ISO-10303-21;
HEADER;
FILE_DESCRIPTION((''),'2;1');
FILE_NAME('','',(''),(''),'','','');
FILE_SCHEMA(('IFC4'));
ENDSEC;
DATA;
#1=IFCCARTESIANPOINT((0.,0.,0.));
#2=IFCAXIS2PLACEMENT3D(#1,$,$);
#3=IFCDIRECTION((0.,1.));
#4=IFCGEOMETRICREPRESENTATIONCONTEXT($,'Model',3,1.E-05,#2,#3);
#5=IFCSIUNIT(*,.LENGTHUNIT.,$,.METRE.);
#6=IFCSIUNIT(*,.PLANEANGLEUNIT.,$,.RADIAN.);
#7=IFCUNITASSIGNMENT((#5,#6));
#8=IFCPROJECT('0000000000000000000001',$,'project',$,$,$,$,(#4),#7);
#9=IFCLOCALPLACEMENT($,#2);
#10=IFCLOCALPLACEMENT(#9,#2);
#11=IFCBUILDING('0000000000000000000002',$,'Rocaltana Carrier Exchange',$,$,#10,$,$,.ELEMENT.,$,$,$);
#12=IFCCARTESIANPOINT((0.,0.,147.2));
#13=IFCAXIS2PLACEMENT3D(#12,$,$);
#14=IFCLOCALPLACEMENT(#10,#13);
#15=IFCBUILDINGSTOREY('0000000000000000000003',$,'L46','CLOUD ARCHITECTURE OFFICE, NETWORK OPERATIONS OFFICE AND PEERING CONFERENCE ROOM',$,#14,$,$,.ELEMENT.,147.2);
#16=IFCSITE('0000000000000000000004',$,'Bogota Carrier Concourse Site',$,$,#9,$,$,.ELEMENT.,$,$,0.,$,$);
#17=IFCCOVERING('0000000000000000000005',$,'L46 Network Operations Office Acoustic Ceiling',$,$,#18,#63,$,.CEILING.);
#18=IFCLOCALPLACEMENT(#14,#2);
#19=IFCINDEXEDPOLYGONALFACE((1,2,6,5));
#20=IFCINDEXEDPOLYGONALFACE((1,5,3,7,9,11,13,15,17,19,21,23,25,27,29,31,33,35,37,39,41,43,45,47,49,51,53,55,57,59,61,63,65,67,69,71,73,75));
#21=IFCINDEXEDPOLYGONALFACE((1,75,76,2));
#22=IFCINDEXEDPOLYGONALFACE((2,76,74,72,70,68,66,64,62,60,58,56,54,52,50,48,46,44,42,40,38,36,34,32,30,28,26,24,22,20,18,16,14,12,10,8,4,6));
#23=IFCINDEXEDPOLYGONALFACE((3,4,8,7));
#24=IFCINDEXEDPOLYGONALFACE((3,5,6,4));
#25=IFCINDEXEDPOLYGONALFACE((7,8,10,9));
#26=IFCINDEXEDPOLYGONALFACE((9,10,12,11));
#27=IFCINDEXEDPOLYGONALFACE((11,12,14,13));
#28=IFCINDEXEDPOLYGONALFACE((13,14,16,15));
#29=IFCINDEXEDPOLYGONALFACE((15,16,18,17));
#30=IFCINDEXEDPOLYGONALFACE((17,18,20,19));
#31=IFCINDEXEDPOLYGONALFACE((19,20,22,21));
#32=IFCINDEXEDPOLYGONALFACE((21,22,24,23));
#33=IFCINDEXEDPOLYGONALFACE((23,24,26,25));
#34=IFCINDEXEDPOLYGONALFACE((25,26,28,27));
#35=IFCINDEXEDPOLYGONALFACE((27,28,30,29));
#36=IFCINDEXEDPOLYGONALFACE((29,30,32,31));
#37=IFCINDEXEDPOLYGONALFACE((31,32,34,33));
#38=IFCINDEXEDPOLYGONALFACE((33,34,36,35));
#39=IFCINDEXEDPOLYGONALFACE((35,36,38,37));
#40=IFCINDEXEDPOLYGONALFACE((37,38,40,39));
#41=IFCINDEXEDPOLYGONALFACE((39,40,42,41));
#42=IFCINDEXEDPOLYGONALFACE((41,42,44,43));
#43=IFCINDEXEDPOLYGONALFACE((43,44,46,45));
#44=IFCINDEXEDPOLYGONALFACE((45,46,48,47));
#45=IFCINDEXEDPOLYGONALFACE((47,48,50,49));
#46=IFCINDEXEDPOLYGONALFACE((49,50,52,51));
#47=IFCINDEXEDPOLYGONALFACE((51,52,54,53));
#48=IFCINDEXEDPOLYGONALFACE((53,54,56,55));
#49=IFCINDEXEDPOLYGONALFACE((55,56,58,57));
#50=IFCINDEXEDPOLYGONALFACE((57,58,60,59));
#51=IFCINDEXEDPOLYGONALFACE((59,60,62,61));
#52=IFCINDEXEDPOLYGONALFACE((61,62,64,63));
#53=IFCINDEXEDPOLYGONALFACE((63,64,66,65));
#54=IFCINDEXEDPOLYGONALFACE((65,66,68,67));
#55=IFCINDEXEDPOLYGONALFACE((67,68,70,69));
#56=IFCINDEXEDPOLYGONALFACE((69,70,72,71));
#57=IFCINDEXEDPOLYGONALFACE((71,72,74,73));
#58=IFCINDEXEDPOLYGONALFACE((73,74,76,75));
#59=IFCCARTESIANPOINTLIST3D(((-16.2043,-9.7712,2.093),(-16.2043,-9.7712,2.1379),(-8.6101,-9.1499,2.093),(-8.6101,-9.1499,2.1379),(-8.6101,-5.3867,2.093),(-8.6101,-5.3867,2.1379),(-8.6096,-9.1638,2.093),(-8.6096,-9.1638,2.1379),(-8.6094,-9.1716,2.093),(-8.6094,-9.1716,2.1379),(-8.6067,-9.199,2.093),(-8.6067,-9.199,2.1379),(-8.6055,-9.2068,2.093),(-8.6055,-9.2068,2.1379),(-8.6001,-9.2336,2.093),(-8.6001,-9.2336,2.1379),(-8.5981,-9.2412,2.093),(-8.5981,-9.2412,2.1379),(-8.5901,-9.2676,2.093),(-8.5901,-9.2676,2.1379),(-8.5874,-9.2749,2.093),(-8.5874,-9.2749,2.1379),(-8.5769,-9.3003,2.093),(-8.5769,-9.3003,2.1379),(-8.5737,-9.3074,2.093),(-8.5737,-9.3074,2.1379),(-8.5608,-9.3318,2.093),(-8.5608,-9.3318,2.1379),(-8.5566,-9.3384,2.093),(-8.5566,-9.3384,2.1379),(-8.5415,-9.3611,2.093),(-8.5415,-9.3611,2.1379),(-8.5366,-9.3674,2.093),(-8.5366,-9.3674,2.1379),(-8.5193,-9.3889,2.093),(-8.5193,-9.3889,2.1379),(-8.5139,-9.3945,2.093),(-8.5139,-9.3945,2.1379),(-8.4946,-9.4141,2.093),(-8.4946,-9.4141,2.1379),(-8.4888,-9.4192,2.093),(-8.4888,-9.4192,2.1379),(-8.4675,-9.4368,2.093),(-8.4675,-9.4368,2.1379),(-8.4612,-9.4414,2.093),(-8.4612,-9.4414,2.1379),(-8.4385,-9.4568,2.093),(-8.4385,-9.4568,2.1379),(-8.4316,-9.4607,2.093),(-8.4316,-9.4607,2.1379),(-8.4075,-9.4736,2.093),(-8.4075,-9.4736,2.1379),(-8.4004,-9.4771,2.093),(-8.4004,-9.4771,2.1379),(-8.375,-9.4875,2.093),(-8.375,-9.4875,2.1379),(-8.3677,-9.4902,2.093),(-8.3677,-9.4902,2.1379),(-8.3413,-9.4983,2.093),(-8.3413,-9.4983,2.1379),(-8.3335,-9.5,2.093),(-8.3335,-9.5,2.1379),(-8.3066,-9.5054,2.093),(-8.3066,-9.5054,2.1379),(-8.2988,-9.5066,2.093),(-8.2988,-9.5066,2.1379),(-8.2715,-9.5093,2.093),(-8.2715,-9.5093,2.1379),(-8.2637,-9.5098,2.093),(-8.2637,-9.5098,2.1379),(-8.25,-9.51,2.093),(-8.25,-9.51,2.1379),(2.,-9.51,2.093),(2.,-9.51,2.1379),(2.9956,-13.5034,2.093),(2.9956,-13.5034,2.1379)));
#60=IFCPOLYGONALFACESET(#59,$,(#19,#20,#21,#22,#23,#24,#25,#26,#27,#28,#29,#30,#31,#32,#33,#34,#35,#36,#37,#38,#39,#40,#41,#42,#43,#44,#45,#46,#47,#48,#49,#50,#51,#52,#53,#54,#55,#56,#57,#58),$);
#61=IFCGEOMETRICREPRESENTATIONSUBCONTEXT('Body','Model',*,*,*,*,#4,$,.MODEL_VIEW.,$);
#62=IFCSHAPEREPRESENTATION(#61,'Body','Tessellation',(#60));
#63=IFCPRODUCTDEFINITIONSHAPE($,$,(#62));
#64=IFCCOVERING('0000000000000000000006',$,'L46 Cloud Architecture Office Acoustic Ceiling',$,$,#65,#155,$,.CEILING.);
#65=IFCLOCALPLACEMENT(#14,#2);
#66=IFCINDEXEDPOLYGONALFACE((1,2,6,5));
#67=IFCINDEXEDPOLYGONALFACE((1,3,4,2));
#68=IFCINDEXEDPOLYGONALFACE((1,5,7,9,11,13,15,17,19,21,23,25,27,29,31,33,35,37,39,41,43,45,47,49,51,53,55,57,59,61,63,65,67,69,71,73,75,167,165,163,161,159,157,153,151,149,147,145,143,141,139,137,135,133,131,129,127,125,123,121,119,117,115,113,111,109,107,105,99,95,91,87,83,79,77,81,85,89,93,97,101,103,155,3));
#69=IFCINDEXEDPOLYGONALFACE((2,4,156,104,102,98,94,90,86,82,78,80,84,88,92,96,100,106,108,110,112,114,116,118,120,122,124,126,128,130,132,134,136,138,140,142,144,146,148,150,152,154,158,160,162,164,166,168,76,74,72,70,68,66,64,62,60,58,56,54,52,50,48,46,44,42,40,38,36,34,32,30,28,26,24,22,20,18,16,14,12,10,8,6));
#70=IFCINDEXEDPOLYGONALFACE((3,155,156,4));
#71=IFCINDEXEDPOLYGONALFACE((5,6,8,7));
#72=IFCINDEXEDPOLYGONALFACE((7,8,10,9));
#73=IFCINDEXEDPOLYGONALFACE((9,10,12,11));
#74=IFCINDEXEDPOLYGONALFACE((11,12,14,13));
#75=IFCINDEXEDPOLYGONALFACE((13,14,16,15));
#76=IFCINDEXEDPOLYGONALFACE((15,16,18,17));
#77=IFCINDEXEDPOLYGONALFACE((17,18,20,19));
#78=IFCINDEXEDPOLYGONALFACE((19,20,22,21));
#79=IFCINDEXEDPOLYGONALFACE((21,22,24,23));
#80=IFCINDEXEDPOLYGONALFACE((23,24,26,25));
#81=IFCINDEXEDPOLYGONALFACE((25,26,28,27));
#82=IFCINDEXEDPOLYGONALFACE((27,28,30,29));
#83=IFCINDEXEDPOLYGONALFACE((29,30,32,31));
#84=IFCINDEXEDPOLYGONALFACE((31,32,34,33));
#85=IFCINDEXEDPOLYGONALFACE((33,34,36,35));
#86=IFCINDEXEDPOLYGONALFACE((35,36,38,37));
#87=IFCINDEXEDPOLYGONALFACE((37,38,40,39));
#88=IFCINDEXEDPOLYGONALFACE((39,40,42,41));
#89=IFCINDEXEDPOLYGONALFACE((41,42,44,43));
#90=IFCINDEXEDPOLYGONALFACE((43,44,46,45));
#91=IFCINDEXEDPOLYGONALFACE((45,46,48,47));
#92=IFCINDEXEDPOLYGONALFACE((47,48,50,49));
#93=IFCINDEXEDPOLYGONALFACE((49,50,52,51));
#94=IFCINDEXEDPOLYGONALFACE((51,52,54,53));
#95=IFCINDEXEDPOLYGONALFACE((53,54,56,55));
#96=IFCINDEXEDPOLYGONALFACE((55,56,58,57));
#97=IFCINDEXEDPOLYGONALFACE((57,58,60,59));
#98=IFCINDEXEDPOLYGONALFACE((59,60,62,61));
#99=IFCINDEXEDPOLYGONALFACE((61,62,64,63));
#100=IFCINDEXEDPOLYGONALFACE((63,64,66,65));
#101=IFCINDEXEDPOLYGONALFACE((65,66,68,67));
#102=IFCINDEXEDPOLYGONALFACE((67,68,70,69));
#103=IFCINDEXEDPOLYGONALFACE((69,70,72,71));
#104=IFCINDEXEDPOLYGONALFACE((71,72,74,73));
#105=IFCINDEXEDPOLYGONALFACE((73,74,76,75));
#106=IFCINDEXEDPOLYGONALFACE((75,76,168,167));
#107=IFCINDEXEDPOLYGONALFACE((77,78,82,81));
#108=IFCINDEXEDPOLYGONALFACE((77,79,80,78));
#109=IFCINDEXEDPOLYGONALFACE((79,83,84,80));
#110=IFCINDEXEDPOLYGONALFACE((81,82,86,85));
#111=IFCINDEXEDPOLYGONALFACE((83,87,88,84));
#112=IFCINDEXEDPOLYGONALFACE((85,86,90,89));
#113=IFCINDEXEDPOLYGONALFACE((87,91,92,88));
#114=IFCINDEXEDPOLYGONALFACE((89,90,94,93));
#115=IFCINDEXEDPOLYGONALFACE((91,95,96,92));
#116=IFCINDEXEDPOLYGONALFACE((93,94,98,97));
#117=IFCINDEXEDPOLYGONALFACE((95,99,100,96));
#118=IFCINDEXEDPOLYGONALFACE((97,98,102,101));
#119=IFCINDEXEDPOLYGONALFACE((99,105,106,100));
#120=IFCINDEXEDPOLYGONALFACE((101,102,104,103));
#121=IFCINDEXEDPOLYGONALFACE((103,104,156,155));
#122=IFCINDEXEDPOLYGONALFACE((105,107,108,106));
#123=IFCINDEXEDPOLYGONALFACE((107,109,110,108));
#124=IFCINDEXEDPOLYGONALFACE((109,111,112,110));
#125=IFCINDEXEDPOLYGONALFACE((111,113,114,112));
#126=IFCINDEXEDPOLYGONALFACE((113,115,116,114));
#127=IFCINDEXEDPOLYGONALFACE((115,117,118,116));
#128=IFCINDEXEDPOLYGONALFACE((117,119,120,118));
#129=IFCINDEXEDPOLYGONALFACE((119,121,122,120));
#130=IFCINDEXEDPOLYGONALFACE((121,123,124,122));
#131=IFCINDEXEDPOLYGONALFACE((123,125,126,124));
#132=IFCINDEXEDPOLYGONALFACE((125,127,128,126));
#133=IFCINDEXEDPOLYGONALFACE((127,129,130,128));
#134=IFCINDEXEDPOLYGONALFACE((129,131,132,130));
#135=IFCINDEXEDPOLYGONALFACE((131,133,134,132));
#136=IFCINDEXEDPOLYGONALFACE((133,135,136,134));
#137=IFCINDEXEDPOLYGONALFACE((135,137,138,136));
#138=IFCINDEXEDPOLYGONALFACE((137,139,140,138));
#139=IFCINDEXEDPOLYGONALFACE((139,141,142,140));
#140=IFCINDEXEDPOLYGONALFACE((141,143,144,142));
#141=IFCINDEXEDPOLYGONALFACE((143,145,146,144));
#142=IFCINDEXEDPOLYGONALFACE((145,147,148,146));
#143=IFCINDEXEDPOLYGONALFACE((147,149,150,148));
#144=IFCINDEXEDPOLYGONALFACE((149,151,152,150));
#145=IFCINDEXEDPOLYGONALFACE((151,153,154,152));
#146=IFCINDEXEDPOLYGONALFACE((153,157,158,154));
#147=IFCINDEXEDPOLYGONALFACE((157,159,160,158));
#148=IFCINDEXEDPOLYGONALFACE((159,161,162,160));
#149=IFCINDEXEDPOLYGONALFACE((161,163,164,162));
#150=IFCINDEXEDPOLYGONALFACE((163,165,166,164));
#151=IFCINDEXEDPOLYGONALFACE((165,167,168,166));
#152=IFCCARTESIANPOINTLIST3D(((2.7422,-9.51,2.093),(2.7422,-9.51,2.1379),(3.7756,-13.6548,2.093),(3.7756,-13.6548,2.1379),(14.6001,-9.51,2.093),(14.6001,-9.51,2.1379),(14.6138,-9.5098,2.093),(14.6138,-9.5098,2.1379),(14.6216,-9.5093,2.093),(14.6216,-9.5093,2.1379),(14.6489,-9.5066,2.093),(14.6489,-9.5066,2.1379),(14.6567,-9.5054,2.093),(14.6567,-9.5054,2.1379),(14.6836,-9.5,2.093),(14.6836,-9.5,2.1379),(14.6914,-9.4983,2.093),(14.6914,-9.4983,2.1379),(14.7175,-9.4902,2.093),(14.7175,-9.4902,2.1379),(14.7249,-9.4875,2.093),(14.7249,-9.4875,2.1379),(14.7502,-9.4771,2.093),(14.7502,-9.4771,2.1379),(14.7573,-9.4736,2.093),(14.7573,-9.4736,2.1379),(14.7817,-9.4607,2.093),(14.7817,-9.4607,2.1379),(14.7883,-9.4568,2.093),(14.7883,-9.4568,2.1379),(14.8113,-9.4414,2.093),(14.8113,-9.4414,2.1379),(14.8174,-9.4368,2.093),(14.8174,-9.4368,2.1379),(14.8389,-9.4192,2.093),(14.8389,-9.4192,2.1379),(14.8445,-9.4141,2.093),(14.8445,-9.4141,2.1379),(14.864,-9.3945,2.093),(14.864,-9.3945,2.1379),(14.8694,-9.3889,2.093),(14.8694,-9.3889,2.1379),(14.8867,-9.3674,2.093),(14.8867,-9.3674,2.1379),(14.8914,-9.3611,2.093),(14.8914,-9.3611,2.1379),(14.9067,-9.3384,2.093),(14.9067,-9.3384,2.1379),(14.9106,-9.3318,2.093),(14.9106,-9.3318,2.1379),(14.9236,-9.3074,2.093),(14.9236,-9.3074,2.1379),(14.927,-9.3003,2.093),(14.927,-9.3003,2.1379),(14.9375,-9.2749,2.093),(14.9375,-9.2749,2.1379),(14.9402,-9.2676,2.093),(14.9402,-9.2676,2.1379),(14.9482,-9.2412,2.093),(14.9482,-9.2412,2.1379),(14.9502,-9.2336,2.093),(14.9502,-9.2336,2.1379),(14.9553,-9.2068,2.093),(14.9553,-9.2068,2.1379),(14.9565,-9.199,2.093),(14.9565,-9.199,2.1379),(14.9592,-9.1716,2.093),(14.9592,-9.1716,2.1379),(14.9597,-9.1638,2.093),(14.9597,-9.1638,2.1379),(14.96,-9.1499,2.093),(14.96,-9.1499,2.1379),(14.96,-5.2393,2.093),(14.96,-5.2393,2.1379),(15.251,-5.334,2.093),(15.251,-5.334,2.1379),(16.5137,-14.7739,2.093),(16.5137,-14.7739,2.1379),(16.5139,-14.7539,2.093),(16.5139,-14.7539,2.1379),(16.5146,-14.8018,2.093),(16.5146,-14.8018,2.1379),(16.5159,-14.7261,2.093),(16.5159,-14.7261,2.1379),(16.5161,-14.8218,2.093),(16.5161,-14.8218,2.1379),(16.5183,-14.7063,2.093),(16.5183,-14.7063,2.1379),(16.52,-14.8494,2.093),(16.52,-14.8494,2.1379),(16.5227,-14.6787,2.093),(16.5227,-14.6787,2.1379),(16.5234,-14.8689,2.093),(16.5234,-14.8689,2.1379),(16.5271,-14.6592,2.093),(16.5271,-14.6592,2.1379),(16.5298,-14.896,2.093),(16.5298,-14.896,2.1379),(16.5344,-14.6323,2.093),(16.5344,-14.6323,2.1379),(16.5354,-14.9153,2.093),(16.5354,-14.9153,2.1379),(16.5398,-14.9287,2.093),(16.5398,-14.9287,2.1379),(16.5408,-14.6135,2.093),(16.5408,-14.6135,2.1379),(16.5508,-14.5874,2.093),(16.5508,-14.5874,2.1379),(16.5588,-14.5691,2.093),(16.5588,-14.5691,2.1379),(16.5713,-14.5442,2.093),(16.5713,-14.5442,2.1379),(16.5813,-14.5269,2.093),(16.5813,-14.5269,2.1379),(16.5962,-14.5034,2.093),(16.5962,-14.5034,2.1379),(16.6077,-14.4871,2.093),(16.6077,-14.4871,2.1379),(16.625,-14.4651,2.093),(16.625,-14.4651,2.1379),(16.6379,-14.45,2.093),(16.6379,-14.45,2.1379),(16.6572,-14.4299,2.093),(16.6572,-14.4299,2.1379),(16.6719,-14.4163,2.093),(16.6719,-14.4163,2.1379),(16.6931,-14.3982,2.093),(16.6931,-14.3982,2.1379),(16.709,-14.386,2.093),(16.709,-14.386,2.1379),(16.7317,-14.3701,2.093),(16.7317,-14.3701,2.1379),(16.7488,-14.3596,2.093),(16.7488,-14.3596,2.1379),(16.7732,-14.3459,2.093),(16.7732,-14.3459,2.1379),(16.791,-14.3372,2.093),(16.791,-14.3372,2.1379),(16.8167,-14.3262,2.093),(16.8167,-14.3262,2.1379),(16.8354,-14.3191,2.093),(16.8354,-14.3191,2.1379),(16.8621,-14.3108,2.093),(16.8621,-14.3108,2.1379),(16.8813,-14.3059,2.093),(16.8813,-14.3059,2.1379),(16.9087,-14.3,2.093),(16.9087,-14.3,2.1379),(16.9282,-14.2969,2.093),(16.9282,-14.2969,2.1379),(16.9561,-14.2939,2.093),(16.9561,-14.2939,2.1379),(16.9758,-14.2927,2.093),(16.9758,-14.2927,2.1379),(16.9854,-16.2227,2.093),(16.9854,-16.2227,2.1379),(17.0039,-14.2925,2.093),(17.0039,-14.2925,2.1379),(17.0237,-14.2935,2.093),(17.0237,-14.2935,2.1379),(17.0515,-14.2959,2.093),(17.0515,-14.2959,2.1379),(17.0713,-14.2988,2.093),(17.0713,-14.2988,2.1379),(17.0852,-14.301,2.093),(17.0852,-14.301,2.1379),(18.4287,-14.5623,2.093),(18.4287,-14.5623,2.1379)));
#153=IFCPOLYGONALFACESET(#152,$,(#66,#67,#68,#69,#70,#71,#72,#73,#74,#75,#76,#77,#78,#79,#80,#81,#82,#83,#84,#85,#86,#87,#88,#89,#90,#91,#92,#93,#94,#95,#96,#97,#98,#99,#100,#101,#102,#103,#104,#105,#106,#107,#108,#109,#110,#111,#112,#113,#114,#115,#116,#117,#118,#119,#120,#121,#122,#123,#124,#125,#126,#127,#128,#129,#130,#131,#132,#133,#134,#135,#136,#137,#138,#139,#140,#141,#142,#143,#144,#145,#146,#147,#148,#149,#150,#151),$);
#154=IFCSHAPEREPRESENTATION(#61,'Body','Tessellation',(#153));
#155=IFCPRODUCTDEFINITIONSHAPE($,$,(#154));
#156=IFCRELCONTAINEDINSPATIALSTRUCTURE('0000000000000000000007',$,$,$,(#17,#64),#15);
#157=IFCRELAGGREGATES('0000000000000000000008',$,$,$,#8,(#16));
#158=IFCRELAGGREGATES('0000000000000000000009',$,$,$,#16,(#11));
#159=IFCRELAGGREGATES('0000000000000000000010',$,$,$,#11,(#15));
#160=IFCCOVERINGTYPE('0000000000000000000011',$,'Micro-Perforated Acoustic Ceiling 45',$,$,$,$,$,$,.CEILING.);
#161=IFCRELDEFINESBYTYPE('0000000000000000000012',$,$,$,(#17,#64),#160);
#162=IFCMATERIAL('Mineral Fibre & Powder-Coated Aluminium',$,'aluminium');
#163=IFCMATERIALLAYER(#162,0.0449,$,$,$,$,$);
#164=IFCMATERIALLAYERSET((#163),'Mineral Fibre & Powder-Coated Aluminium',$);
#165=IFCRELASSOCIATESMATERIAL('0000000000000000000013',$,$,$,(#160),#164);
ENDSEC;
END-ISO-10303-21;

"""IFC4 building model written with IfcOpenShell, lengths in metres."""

from ifc_helpers import new_model, si_unit, direction, frame, origin, place, context, subcontext, project, spatial, polyline, outline, extrude, material, layer, layer_set, type_object, element, save


model = new_model("IFC4")

# Units and contexts
model_context = context("Model", 3, precision=1e-05, world=origin(), true_north=direction((0.0, 1.0)))
body_context = subcontext(model_context, "Body", "Model", "MODEL_VIEW")
ifc_project = project(units=[si_unit("LENGTHUNIT", "METRE"), si_unit("PLANEANGLEUNIT", "RADIAN")], contexts=[model_context])

# Site, building, storey
site_placement = place(None, origin())
site = spatial("IfcSite", under=ifc_project, at=site_placement, Name="Bogota Carrier Concourse Site", CompositionType="ELEMENT", RefElevation=0.0)
building_placement = place(site_placement, origin())
building = spatial("IfcBuilding", under=site, at=building_placement, Name="Rocaltana Carrier Exchange", CompositionType="ELEMENT")
storey_placement = place(building_placement, frame((0.0, 0.0, 147.2)))
storey = spatial("IfcBuildingStorey", under=building, at=storey_placement, Name="L46", Description="CLOUD ARCHITECTURE OFFICE, NETWORK OPERATIONS OFFICE AND PEERING CONFERENCE ROOM", CompositionType="ELEMENT", Elevation=147.2)

# Coverings
ifc_material_1 = material(Name="Mineral Fibre & Powder-Coated Aluminium", Category="aluminium")
ifc_layer_1 = layer(ifc_material_1, 0.0449)
ifc_layer_set_1 = layer_set([ifc_layer_1], Name="Mineral Fibre & Powder-Coated Aluminium")
covering_type_1 = type_object("IfcCoveringType", Name="Micro-Perforated Acoustic Ceiling 45", PredefinedType="CEILING", material=ifc_layer_set_1)
covering_1_placement = place(storey_placement, frame((0.0, 0.0, 2.093)))
element("IfcCovering", 1, at=covering_1_placement, inside=storey, type_object=covering_type_1, Name="L46 Network Operations Office Acoustic Ceiling", PredefinedType="CEILING", context=body_context, shape_type="SweptSolid", body=[
    extrude(outline(polyline([(-16.2043, -9.7712), (-8.6101, -5.3867), (-8.6101, -9.1499), (-8.6096, -9.1638), (-8.6094, -9.1716), (-8.6067, -9.199), (-8.6055, -9.2068), (-8.6001, -9.2336), (-8.5981, -9.2412), (-8.5901, -9.2676), (-8.5874, -9.2749), (-8.5769, -9.3003), (-8.5737, -9.3074), (-8.5608, -9.3318), (-8.5566, -9.3384), (-8.5415, -9.3611), (-8.5366, -9.3674), (-8.5193, -9.3889), (-8.5139, -9.3945), (-8.4946, -9.4141), (-8.4888, -9.4192), (-8.4675, -9.4368), (-8.4612, -9.4414), (-8.4385, -9.4568), (-8.4316, -9.4607), (-8.4075, -9.4736), (-8.4004, -9.4771), (-8.375, -9.4875), (-8.3677, -9.4902), (-8.3413, -9.4983), (-8.3335, -9.5), (-8.3066, -9.5054), (-8.2988, -9.5066), (-8.2715, -9.5093), (-8.2637, -9.5098), (-8.25, -9.51), (2.0, -9.51), (2.9956, -13.5034), (-16.2043, -9.7712)])), origin(), (0.0, 0.0, 1.0), 0.0449),
])
covering_2_placement = place(storey_placement, frame((0.0, 0.0, 2.093)))
element("IfcCovering", 2, at=covering_2_placement, inside=storey, type_object=covering_type_1, Name="L46 Cloud Architecture Office Acoustic Ceiling", PredefinedType="CEILING", context=body_context, shape_type="SweptSolid", body=[
    extrude(outline(polyline([(18.4287, -14.5623), (17.0852, -14.301), (17.0713, -14.2988), (17.0515, -14.2959), (17.0237, -14.2935), (17.0039, -14.2925), (16.9758, -14.2927), (16.9561, -14.2939), (16.9282, -14.2969), (16.9087, -14.3), (16.8813, -14.3059), (16.8621, -14.3108), (16.8354, -14.3191), (16.8167, -14.3262), (16.791, -14.3372), (16.7732, -14.3459), (16.7488, -14.3596), (16.7317, -14.3701), (16.709, -14.386), (16.6931, -14.3982), (16.6719, -14.4163), (16.6572, -14.4299), (16.6379, -14.45), (16.625, -14.4651), (16.6077, -14.4871), (16.5962, -14.5034), (16.5813, -14.5269), (16.5713, -14.5442), (16.5588, -14.5691), (16.5508, -14.5874), (16.5408, -14.6135), (16.5344, -14.6323), (16.5271, -14.6592), (16.5227, -14.6787), (16.5183, -14.7063), (16.5159, -14.7261), (16.5139, -14.7539), (16.5137, -14.7739), (16.5146, -14.8018), (16.5161, -14.8218), (16.52, -14.8494), (16.5234, -14.8689), (16.5298, -14.896), (16.5354, -14.9153), (16.5398, -14.9287), (16.9854, -16.2227), (3.7756, -13.6548), (2.7422, -9.51), (14.6001, -9.51), (14.6138, -9.5098), (14.6216, -9.5093), (14.6489, -9.5066), (14.6567, -9.5054), (14.6836, -9.5), (14.6914, -9.4983), (14.7175, -9.4902), (14.7249, -9.4875), (14.7502, -9.4771), (14.7573, -9.4736), (14.7817, -9.4607), (14.7883, -9.4568), (14.8113, -9.4414), (14.8174, -9.4368), (14.8389, -9.4192), (14.8445, -9.4141), (14.864, -9.3945), (14.8694, -9.3889), (14.8867, -9.3674), (14.8914, -9.3611), (14.9067, -9.3384), (14.9106, -9.3318), (14.9236, -9.3074), (14.927, -9.3003), (14.9375, -9.2749), (14.9402, -9.2676), (14.9482, -9.2412), (14.9502, -9.2336), (14.9553, -9.2068), (14.9565, -9.199), (14.9592, -9.1716), (14.9597, -9.1638), (14.96, -9.1499), (14.96, -5.2393), (15.251, -5.334), (18.4287, -14.5623)])), origin(), (0.0, 0.0, 1.0), 0.0449),
])

save(model, "model.ifc")
